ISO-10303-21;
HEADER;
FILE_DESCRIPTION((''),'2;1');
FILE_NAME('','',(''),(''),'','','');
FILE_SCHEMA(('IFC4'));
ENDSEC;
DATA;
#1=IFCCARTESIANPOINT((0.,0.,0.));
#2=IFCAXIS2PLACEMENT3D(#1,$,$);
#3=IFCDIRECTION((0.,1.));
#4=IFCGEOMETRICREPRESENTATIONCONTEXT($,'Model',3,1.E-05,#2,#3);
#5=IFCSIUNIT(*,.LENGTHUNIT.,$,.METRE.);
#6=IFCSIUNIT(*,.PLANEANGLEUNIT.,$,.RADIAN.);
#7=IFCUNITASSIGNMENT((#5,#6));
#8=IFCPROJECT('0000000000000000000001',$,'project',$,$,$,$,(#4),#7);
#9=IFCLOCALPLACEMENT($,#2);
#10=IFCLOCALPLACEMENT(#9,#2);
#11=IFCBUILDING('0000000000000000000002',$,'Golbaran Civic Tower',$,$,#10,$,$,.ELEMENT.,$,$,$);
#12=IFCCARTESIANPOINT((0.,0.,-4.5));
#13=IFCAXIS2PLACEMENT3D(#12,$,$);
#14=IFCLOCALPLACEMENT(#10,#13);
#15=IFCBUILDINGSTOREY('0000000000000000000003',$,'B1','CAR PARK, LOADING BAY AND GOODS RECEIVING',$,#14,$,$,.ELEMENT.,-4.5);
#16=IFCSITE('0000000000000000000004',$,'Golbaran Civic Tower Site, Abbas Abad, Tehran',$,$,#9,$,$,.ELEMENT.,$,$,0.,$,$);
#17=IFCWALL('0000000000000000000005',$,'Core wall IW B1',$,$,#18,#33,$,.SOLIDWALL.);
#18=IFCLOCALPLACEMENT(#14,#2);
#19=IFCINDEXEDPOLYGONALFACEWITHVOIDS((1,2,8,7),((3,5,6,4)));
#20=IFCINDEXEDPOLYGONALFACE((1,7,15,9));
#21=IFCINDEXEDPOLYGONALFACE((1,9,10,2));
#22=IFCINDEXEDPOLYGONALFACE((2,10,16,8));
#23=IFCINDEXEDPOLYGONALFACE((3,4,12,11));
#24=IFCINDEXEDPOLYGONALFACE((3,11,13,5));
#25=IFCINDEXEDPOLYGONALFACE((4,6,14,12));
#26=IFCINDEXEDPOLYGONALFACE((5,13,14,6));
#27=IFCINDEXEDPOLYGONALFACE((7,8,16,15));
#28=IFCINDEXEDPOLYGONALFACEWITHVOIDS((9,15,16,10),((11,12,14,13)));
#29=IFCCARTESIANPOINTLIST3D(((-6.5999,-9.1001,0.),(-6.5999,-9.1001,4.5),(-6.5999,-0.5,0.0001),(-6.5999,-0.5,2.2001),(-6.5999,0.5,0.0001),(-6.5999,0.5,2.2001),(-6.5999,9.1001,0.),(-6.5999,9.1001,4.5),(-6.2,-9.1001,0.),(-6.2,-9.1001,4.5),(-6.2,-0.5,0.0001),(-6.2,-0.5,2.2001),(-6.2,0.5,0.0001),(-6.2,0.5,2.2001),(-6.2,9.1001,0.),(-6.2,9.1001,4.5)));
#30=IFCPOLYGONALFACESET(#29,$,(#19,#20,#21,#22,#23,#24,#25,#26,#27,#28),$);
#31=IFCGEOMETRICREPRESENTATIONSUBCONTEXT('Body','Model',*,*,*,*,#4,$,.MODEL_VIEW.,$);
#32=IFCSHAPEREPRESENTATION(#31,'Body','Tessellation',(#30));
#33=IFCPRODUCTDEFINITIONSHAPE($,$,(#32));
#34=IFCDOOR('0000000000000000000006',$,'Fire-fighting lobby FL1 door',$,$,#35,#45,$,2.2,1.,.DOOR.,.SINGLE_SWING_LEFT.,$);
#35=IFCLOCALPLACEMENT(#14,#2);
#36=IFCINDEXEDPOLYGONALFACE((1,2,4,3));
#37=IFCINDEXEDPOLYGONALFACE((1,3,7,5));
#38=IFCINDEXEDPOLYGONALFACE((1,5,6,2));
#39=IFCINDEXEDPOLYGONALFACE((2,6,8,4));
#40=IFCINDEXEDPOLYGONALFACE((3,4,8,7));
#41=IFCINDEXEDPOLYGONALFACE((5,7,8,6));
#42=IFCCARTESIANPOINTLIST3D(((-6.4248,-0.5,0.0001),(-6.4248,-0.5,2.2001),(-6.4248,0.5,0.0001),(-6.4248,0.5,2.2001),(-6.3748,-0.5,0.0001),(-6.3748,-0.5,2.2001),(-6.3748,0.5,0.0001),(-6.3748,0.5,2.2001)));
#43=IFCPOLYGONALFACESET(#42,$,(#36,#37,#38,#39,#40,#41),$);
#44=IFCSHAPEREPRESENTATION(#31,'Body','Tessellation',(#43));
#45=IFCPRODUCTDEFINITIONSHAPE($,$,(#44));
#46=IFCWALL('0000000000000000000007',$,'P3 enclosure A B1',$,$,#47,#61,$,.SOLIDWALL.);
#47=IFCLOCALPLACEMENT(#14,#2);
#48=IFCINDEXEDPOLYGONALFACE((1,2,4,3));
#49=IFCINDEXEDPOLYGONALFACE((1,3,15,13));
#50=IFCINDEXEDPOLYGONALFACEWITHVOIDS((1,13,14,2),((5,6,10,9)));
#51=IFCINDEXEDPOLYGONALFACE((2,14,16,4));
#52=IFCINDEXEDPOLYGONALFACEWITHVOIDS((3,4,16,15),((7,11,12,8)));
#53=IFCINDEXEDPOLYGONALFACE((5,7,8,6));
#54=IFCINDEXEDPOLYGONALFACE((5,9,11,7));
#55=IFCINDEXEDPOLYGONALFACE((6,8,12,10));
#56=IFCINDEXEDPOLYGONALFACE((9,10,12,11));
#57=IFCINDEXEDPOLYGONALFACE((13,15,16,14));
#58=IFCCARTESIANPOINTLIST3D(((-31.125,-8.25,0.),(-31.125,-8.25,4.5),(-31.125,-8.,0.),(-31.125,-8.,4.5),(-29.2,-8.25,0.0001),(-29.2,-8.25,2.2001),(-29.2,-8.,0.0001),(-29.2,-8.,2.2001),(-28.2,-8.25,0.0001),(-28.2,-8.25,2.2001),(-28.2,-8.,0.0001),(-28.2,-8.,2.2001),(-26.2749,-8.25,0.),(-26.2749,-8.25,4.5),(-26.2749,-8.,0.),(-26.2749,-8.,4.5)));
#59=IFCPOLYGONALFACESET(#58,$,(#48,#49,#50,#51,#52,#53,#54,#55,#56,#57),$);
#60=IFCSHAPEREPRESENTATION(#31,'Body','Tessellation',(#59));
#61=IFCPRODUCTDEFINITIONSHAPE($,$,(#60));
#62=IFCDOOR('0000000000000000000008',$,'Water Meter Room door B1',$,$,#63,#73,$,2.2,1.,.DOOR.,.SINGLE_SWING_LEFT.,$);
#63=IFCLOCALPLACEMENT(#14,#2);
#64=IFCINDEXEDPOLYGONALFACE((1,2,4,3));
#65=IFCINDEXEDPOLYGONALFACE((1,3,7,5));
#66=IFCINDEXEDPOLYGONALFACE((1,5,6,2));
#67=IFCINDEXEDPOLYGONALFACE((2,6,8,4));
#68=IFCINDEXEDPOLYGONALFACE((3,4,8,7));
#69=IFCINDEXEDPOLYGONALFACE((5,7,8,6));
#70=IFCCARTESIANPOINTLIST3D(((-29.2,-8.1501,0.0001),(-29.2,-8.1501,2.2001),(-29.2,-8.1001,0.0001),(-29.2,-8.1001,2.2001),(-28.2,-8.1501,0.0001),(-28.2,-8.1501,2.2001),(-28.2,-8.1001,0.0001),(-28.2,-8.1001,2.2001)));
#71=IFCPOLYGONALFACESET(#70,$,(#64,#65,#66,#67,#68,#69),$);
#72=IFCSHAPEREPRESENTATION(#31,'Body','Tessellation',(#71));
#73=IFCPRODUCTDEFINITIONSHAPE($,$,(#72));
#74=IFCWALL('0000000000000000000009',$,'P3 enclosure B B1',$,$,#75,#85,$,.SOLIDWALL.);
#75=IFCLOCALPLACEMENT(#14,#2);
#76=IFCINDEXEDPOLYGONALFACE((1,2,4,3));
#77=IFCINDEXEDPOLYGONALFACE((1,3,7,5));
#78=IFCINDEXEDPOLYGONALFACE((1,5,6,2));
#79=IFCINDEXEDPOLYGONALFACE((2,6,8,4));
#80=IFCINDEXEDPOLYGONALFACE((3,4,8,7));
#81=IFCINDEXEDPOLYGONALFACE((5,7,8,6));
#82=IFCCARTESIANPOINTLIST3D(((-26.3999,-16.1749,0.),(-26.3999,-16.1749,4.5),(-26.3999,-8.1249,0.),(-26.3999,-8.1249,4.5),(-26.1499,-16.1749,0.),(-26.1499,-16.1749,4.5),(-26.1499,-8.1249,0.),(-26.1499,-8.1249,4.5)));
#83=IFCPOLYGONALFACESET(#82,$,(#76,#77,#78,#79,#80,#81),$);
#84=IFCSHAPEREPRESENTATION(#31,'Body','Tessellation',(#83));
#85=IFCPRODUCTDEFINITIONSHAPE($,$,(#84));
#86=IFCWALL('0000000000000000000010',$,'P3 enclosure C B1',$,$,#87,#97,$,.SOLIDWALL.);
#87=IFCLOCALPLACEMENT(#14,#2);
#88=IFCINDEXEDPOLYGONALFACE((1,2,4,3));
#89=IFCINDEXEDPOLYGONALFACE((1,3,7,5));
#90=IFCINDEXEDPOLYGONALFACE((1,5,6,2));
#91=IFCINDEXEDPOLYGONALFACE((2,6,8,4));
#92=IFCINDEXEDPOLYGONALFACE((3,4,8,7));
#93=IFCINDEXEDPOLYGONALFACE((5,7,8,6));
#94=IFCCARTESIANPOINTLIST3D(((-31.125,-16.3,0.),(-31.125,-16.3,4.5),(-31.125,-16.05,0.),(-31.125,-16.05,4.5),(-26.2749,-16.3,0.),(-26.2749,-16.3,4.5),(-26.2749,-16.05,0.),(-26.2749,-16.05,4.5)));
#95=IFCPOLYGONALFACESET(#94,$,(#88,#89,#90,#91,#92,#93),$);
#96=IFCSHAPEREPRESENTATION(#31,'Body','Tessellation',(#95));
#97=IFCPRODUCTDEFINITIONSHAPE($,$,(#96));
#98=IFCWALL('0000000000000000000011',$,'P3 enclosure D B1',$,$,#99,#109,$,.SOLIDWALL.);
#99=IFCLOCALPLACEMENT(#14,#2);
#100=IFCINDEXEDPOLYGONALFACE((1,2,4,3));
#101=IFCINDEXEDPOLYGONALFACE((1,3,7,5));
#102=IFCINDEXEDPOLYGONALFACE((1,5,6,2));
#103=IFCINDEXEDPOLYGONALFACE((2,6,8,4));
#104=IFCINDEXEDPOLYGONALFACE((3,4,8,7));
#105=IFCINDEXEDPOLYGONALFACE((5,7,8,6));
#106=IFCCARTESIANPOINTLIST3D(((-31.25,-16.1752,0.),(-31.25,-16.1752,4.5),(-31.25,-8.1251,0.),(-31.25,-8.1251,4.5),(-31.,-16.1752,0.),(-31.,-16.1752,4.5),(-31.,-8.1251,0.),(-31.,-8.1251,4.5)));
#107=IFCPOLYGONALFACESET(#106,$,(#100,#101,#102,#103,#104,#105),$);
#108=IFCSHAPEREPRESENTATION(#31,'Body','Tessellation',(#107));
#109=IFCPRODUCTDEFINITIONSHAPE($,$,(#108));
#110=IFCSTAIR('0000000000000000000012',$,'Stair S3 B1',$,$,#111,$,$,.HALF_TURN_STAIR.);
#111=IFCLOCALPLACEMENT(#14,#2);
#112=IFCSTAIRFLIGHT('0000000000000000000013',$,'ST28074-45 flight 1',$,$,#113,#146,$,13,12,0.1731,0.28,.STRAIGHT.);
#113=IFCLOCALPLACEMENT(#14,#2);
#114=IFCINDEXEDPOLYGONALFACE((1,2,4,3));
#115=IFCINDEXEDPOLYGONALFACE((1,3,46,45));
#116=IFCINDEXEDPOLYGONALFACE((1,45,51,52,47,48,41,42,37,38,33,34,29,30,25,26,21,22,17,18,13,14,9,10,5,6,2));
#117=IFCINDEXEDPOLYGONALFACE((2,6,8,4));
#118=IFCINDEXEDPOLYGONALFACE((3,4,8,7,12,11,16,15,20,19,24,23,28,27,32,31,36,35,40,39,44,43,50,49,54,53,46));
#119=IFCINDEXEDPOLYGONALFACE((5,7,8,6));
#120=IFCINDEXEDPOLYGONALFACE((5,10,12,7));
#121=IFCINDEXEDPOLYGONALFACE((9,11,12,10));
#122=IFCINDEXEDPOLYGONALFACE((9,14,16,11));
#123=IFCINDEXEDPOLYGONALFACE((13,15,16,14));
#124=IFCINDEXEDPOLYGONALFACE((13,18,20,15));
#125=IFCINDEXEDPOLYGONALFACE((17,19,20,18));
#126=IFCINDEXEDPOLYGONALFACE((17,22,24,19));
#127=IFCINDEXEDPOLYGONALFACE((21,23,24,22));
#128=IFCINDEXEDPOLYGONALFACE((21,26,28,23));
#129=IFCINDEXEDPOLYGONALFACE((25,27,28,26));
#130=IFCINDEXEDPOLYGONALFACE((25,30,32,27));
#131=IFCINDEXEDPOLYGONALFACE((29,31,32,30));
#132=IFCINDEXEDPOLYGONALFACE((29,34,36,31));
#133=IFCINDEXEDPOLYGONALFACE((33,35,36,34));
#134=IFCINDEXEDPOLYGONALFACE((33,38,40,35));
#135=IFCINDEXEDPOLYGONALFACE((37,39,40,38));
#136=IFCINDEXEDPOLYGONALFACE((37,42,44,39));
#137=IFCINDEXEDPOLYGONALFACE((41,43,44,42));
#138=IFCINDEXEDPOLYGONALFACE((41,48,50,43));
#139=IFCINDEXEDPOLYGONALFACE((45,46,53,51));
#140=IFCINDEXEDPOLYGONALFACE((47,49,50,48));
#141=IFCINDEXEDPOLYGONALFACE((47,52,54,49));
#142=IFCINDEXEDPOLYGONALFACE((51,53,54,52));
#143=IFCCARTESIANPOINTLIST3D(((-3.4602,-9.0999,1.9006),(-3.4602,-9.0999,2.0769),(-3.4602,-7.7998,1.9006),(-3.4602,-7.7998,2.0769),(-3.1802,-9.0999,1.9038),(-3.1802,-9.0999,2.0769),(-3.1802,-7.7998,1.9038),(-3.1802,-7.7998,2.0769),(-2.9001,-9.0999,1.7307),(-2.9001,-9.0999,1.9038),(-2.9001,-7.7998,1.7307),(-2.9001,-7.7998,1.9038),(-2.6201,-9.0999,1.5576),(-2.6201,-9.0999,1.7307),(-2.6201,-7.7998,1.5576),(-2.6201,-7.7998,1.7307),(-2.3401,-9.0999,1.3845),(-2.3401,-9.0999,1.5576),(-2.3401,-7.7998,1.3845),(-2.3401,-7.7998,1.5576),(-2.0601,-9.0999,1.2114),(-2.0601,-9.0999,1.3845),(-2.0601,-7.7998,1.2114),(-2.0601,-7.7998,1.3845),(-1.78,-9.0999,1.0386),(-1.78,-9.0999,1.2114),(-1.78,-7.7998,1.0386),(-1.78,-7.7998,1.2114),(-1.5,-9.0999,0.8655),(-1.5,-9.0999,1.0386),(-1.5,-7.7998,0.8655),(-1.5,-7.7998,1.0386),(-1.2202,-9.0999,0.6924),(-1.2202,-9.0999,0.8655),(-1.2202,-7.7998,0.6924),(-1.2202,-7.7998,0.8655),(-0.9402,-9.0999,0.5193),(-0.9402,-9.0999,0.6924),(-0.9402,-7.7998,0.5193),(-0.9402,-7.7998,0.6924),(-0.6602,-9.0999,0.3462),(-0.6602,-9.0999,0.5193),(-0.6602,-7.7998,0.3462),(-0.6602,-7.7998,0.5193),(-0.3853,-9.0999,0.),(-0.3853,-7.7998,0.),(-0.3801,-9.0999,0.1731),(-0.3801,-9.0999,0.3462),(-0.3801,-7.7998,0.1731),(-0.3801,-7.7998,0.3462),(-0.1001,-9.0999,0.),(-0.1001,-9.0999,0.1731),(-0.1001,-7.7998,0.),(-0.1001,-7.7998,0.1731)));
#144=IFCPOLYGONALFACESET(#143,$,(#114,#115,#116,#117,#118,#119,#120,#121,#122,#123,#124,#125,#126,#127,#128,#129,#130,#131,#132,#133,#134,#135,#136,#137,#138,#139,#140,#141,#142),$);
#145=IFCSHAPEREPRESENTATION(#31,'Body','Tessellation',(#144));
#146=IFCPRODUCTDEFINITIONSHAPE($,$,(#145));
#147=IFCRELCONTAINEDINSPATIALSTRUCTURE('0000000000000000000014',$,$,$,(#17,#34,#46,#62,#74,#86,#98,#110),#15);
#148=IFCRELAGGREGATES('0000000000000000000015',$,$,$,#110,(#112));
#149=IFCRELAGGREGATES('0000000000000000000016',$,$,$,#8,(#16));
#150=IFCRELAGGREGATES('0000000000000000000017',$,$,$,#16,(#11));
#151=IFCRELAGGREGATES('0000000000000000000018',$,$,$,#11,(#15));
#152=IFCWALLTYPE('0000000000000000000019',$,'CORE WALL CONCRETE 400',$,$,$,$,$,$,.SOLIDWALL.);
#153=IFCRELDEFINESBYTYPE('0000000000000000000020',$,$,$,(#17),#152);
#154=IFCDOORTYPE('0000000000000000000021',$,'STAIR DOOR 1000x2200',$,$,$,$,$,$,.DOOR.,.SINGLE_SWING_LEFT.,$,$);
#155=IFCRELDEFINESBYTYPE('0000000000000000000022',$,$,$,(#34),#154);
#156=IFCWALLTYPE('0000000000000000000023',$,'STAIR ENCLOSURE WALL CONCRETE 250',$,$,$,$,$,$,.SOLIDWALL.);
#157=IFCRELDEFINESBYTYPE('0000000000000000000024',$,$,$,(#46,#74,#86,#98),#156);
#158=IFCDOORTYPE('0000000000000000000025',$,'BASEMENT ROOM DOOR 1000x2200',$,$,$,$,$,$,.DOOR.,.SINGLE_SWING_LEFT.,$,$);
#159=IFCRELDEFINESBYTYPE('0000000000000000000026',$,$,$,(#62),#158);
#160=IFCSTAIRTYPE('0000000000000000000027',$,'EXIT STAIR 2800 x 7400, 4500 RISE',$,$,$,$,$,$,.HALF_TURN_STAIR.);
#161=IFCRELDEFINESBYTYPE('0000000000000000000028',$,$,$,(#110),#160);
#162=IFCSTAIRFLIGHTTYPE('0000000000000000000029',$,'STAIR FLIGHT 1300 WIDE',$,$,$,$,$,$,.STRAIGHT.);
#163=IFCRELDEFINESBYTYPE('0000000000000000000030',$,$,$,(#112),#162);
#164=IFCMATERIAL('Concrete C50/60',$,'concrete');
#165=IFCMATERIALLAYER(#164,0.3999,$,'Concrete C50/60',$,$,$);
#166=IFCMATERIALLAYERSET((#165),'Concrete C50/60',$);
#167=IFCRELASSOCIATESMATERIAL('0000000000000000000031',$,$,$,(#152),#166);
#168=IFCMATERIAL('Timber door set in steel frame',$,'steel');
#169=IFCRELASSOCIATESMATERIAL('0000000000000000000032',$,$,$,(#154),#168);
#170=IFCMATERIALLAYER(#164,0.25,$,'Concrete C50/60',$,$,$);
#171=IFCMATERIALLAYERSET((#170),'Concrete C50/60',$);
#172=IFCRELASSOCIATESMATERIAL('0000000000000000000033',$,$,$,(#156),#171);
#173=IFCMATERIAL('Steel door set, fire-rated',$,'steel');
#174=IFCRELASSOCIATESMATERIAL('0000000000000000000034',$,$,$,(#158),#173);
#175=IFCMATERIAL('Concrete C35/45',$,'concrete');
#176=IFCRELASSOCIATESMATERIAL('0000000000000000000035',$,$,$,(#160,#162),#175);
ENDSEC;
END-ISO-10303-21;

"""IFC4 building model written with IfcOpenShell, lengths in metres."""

from ifc_helpers import new_model, si_unit, direction, frame, frame_2d, origin, place, context, subcontext, project, spatial, polyline, rectangle, outline, extrude, material, layer, layer_set, type_object, element, fill, aggregate, save


model = new_model("IFC4")

# Units and contexts
model_context = context("Model", 3, precision=1e-05, world=origin(), true_north=direction((0.0, 1.0)))
body_context = subcontext(model_context, "Body", "Model", "MODEL_VIEW")
ifc_project = project(units=[si_unit("LENGTHUNIT", "METRE"), si_unit("PLANEANGLEUNIT", "RADIAN")], contexts=[model_context])

# Site, building, storey
site_placement = place(None, origin())
site = spatial("IfcSite", under=ifc_project, at=site_placement, Name="Golbaran Civic Tower Site, Abbas Abad, Tehran", CompositionType="ELEMENT", RefElevation=0.0)
building_placement = place(site_placement, origin())
building = spatial("IfcBuilding", under=site, at=building_placement, Name="Golbaran Civic Tower", CompositionType="ELEMENT")
storey_placement = place(building_placement, frame((0.0, 0.0, -4.5)))
storey = spatial("IfcBuildingStorey", under=building, at=storey_placement, Name="B1", Description="CAR PARK, LOADING BAY AND GOODS RECEIVING", CompositionType="ELEMENT", Elevation=-4.5)

# Shared definitions
ifc_material_1 = material(Name="Concrete C50/60", Category="concrete")

# Walls, openings, doors
ifc_layer_1 = layer(ifc_material_1, 0.3999, Name="Concrete C50/60")
ifc_layer_set_1 = layer_set([ifc_layer_1], Name="Concrete C50/60")
wall_type_1 = type_object("IfcWallType", Name="CORE WALL CONCRETE 400", PredefinedType="SOLIDWALL", material=ifc_layer_set_1)
wall_1_placement = place(storey_placement, frame((-6.3999, -9.1001, 0.0), z_axis=(0.0, 0.0, 1.0), x_axis=(0.0, 1.0, 0.0)))
wall_1 = element("IfcWall", 1, at=wall_1_placement, inside=storey, type_object=wall_type_1, Name="Core wall IW B1", PredefinedType="SOLIDWALL", context=body_context, shape_type="SweptSolid", body=[
    extrude(rectangle(XDim=18.2002, YDim=0.3999, at=frame_2d((9.1001, 0.0))), origin(), (0.0, 0.0, 1.0), 4.5),
])
opening_1_placement = place(wall_1_placement, frame((8.6001, 0.0, 0.0)))
opening_1 = element("IfcOpeningElement", 2, at=opening_1_placement, cuts=wall_1, PredefinedType="OPENING", context=body_context, shape_type="SweptSolid", body=[
    extrude(rectangle(XDim=1.0, YDim=2.2, at=frame_2d((0.5, 1.1001))), frame((0.0, 0.21, 0.0), z_axis=(0.0, -1.0, 0.0), x_axis=(1.0, 0.0, 0.0)), (0.0, 0.0, 1.0), 0.4199),
])
ifc_material_2 = material(Name="Timber door set in steel frame", Category="steel")
door_type_1 = type_object("IfcDoorType", Name="STAIR DOOR 1000x2200", OperationType="SINGLE_SWING_LEFT", PredefinedType="DOOR", material=ifc_material_2)
door_1_placement = place(opening_1_placement, origin())
door_1 = element("IfcDoor", 3, at=door_1_placement, inside=storey, type_object=door_type_1, Name="Fire-fighting lobby FL1 door", OperationType="SINGLE_SWING_LEFT", OverallHeight=2.2, OverallWidth=1.0, PredefinedType="DOOR", context=body_context, shape_type="SweptSolid", body=[
    extrude(rectangle(XDim=1.0, YDim=2.2, at=frame_2d((0.5, 1.1001))), frame((0.0, 0.0249, 0.0), z_axis=(0.0, -1.0, 0.0), x_axis=(1.0, 0.0, 0.0)), (0.0, 0.0, 1.0), 0.05),
])
fill(opening_1, door_1)
ifc_layer_2 = layer(ifc_material_1, 0.25, Name="Concrete C50/60")
ifc_layer_set_2 = layer_set([ifc_layer_2], Name="Concrete C50/60")
wall_type_2 = type_object("IfcWallType", Name="STAIR ENCLOSURE WALL CONCRETE 250", PredefinedType="SOLIDWALL", material=ifc_layer_set_2)
wall_2_placement = place(storey_placement, frame((-31.125, -8.125, 0.0), z_axis=(0.0, 0.0, 1.0), x_axis=(1.0, 0.0, 0.0)))
wall_2 = element("IfcWall", 4, at=wall_2_placement, inside=storey, type_object=wall_type_2, Name="P3 enclosure A B1", PredefinedType="SOLIDWALL", context=body_context, shape_type="SweptSolid", body=[
    extrude(rectangle(XDim=4.8501, YDim=0.25, at=frame_2d((2.425, 0.0))), origin(), (0.0, 0.0, 1.0), 4.5),
])
opening_2_placement = place(wall_2_placement, frame((1.925, 0.0, 0.0)))
opening_2 = element("IfcOpeningElement", 5, at=opening_2_placement, cuts=wall_2, PredefinedType="OPENING", context=body_context, shape_type="SweptSolid", body=[
    extrude(rectangle(XDim=1.0, YDim=2.2, at=frame_2d((0.5, 1.1001))), frame((0.0, 0.135, 0.0), z_axis=(0.0, -1.0, 0.0), x_axis=(1.0, 0.0, 0.0)), (0.0, 0.0, 1.0), 0.27),
])
ifc_material_3 = material(Name="Steel door set, fire-rated", Category="steel")
door_type_2 = type_object("IfcDoorType", Name="BASEMENT ROOM DOOR 1000x2200", OperationType="SINGLE_SWING_LEFT", PredefinedType="DOOR", material=ifc_material_3)
door_2_placement = place(opening_2_placement, origin())
door_2 = element("IfcDoor", 6, at=door_2_placement, inside=storey, type_object=door_type_2, Name="Water Meter Room door B1", OperationType="SINGLE_SWING_LEFT", OverallHeight=2.2, OverallWidth=1.0, PredefinedType="DOOR", context=body_context, shape_type="SweptSolid", body=[
    extrude(rectangle(XDim=1.0, YDim=2.2, at=frame_2d((0.5, 1.1001))), frame((0.0, 0.0249, 0.0), z_axis=(0.0, -1.0, 0.0), x_axis=(1.0, 0.0, 0.0)), (0.0, 0.0, 1.0), 0.05),
])
fill(opening_2, door_2)

# Walls
wall_3_placement = place(storey_placement, frame((-26.2749, -8.125, 0.0), z_axis=(0.0, 0.0, 1.0), x_axis=(0.0, -1.0, 0.0)))
element("IfcWall", 7, at=wall_3_placement, inside=storey, type_object=wall_type_2, Name="P3 enclosure B B1", PredefinedType="SOLIDWALL", context=body_context, shape_type="SweptSolid", body=[
    extrude(rectangle(XDim=8.05, YDim=0.25, at=frame_2d((4.0249, 0.0))), origin(), (0.0, 0.0, 1.0), 4.5),
])
wall_4_placement = place(storey_placement, frame((-26.2749, -16.175, 0.0), z_axis=(0.0, 0.0, 1.0), x_axis=(-1.0, 0.0, 0.0)))
element("IfcWall", 8, at=wall_4_placement, inside=storey, type_object=wall_type_2, Name="P3 enclosure C B1", PredefinedType="SOLIDWALL", context=body_context, shape_type="SweptSolid", body=[
    extrude(rectangle(XDim=4.8501, YDim=0.25, at=frame_2d((2.425, 0.0))), origin(), (0.0, 0.0, 1.0), 4.5),
])
wall_5_placement = place(storey_placement, frame((-31.125, -16.175, 0.0), z_axis=(0.0, 0.0, 1.0), x_axis=(0.0, 1.0, 0.0)))
element("IfcWall", 9, at=wall_5_placement, inside=storey, type_object=wall_type_2, Name="P3 enclosure D B1", PredefinedType="SOLIDWALL", context=body_context, shape_type="SweptSolid", body=[
    extrude(rectangle(XDim=8.05, YDim=0.25, at=frame_2d((4.0249, 0.0))), origin(), (0.0, 0.0, 1.0), 4.5),
])

# Stair, stair flight
ifc_material_4 = material(Name="Concrete C35/45", Category="concrete")
stair_type = type_object("IfcStairType", Name="EXIT STAIR 2800 x 7400, 4500 RISE", PredefinedType="HALF_TURN_STAIR", material=ifc_material_4)
stair_placement = place(storey_placement, origin())
stair = element("IfcStair", 10, at=stair_placement, inside=storey, type_object=stair_type, Name="Stair S3 B1", PredefinedType="HALF_TURN_STAIR")
stair_flight_type = type_object("IfcStairFlightType", Name="STAIR FLIGHT 1300 WIDE", PredefinedType="STRAIGHT", material=ifc_material_4)
stair_flight_placement = place(storey_placement, frame((-0.1001, -8.45, 0.0), z_axis=(0.0, 0.0, 1.0), x_axis=(-1.0, 0.0, 0.0)))
stair_flight = element("IfcStairFlight", 11, at=stair_flight_placement, type_object=stair_flight_type, Name="ST28074-45 flight 1", NumberOfRisers=13, NumberOfTreads=12, PredefinedType="STRAIGHT", RiserHeight=0.1731, TreadLength=0.28, context=body_context, shape_type="SweptSolid", body=[
    extrude(outline(polyline([(0.0, 0.0), (0.0, 0.1731), (0.28, 0.1731), (0.28, 0.3462), (0.5601, 0.3462), (0.5601, 0.5193), (0.8401, 0.5193), (0.8401, 0.6924), (1.1201, 0.6924), (1.1201, 0.8655), (1.3999, 0.8655), (1.3999, 1.0386), (1.6799, 1.0386), (1.6799, 1.2114), (1.96, 1.2114), (1.96, 1.3845), (2.24, 1.3845), (2.24, 1.5576), (2.52, 1.5576), (2.52, 1.7307), (2.8, 1.7307), (2.8, 1.9038), (3.0801, 1.9038), (3.0801, 2.0769), (3.3601, 2.0769), (3.3601, 2.25), (3.3601, 1.9006), (0.2852, 0.0), (0.0, 0.0)])), frame((0.0, 0.6499, 0.0), z_axis=(0.0, -1.0, 0.0), x_axis=(1.0, 0.0, 0.0)), (0.0, 0.0, 1.0), 1.3),
])
aggregate(stair, [stair_flight])

save(model, "model.ifc")
